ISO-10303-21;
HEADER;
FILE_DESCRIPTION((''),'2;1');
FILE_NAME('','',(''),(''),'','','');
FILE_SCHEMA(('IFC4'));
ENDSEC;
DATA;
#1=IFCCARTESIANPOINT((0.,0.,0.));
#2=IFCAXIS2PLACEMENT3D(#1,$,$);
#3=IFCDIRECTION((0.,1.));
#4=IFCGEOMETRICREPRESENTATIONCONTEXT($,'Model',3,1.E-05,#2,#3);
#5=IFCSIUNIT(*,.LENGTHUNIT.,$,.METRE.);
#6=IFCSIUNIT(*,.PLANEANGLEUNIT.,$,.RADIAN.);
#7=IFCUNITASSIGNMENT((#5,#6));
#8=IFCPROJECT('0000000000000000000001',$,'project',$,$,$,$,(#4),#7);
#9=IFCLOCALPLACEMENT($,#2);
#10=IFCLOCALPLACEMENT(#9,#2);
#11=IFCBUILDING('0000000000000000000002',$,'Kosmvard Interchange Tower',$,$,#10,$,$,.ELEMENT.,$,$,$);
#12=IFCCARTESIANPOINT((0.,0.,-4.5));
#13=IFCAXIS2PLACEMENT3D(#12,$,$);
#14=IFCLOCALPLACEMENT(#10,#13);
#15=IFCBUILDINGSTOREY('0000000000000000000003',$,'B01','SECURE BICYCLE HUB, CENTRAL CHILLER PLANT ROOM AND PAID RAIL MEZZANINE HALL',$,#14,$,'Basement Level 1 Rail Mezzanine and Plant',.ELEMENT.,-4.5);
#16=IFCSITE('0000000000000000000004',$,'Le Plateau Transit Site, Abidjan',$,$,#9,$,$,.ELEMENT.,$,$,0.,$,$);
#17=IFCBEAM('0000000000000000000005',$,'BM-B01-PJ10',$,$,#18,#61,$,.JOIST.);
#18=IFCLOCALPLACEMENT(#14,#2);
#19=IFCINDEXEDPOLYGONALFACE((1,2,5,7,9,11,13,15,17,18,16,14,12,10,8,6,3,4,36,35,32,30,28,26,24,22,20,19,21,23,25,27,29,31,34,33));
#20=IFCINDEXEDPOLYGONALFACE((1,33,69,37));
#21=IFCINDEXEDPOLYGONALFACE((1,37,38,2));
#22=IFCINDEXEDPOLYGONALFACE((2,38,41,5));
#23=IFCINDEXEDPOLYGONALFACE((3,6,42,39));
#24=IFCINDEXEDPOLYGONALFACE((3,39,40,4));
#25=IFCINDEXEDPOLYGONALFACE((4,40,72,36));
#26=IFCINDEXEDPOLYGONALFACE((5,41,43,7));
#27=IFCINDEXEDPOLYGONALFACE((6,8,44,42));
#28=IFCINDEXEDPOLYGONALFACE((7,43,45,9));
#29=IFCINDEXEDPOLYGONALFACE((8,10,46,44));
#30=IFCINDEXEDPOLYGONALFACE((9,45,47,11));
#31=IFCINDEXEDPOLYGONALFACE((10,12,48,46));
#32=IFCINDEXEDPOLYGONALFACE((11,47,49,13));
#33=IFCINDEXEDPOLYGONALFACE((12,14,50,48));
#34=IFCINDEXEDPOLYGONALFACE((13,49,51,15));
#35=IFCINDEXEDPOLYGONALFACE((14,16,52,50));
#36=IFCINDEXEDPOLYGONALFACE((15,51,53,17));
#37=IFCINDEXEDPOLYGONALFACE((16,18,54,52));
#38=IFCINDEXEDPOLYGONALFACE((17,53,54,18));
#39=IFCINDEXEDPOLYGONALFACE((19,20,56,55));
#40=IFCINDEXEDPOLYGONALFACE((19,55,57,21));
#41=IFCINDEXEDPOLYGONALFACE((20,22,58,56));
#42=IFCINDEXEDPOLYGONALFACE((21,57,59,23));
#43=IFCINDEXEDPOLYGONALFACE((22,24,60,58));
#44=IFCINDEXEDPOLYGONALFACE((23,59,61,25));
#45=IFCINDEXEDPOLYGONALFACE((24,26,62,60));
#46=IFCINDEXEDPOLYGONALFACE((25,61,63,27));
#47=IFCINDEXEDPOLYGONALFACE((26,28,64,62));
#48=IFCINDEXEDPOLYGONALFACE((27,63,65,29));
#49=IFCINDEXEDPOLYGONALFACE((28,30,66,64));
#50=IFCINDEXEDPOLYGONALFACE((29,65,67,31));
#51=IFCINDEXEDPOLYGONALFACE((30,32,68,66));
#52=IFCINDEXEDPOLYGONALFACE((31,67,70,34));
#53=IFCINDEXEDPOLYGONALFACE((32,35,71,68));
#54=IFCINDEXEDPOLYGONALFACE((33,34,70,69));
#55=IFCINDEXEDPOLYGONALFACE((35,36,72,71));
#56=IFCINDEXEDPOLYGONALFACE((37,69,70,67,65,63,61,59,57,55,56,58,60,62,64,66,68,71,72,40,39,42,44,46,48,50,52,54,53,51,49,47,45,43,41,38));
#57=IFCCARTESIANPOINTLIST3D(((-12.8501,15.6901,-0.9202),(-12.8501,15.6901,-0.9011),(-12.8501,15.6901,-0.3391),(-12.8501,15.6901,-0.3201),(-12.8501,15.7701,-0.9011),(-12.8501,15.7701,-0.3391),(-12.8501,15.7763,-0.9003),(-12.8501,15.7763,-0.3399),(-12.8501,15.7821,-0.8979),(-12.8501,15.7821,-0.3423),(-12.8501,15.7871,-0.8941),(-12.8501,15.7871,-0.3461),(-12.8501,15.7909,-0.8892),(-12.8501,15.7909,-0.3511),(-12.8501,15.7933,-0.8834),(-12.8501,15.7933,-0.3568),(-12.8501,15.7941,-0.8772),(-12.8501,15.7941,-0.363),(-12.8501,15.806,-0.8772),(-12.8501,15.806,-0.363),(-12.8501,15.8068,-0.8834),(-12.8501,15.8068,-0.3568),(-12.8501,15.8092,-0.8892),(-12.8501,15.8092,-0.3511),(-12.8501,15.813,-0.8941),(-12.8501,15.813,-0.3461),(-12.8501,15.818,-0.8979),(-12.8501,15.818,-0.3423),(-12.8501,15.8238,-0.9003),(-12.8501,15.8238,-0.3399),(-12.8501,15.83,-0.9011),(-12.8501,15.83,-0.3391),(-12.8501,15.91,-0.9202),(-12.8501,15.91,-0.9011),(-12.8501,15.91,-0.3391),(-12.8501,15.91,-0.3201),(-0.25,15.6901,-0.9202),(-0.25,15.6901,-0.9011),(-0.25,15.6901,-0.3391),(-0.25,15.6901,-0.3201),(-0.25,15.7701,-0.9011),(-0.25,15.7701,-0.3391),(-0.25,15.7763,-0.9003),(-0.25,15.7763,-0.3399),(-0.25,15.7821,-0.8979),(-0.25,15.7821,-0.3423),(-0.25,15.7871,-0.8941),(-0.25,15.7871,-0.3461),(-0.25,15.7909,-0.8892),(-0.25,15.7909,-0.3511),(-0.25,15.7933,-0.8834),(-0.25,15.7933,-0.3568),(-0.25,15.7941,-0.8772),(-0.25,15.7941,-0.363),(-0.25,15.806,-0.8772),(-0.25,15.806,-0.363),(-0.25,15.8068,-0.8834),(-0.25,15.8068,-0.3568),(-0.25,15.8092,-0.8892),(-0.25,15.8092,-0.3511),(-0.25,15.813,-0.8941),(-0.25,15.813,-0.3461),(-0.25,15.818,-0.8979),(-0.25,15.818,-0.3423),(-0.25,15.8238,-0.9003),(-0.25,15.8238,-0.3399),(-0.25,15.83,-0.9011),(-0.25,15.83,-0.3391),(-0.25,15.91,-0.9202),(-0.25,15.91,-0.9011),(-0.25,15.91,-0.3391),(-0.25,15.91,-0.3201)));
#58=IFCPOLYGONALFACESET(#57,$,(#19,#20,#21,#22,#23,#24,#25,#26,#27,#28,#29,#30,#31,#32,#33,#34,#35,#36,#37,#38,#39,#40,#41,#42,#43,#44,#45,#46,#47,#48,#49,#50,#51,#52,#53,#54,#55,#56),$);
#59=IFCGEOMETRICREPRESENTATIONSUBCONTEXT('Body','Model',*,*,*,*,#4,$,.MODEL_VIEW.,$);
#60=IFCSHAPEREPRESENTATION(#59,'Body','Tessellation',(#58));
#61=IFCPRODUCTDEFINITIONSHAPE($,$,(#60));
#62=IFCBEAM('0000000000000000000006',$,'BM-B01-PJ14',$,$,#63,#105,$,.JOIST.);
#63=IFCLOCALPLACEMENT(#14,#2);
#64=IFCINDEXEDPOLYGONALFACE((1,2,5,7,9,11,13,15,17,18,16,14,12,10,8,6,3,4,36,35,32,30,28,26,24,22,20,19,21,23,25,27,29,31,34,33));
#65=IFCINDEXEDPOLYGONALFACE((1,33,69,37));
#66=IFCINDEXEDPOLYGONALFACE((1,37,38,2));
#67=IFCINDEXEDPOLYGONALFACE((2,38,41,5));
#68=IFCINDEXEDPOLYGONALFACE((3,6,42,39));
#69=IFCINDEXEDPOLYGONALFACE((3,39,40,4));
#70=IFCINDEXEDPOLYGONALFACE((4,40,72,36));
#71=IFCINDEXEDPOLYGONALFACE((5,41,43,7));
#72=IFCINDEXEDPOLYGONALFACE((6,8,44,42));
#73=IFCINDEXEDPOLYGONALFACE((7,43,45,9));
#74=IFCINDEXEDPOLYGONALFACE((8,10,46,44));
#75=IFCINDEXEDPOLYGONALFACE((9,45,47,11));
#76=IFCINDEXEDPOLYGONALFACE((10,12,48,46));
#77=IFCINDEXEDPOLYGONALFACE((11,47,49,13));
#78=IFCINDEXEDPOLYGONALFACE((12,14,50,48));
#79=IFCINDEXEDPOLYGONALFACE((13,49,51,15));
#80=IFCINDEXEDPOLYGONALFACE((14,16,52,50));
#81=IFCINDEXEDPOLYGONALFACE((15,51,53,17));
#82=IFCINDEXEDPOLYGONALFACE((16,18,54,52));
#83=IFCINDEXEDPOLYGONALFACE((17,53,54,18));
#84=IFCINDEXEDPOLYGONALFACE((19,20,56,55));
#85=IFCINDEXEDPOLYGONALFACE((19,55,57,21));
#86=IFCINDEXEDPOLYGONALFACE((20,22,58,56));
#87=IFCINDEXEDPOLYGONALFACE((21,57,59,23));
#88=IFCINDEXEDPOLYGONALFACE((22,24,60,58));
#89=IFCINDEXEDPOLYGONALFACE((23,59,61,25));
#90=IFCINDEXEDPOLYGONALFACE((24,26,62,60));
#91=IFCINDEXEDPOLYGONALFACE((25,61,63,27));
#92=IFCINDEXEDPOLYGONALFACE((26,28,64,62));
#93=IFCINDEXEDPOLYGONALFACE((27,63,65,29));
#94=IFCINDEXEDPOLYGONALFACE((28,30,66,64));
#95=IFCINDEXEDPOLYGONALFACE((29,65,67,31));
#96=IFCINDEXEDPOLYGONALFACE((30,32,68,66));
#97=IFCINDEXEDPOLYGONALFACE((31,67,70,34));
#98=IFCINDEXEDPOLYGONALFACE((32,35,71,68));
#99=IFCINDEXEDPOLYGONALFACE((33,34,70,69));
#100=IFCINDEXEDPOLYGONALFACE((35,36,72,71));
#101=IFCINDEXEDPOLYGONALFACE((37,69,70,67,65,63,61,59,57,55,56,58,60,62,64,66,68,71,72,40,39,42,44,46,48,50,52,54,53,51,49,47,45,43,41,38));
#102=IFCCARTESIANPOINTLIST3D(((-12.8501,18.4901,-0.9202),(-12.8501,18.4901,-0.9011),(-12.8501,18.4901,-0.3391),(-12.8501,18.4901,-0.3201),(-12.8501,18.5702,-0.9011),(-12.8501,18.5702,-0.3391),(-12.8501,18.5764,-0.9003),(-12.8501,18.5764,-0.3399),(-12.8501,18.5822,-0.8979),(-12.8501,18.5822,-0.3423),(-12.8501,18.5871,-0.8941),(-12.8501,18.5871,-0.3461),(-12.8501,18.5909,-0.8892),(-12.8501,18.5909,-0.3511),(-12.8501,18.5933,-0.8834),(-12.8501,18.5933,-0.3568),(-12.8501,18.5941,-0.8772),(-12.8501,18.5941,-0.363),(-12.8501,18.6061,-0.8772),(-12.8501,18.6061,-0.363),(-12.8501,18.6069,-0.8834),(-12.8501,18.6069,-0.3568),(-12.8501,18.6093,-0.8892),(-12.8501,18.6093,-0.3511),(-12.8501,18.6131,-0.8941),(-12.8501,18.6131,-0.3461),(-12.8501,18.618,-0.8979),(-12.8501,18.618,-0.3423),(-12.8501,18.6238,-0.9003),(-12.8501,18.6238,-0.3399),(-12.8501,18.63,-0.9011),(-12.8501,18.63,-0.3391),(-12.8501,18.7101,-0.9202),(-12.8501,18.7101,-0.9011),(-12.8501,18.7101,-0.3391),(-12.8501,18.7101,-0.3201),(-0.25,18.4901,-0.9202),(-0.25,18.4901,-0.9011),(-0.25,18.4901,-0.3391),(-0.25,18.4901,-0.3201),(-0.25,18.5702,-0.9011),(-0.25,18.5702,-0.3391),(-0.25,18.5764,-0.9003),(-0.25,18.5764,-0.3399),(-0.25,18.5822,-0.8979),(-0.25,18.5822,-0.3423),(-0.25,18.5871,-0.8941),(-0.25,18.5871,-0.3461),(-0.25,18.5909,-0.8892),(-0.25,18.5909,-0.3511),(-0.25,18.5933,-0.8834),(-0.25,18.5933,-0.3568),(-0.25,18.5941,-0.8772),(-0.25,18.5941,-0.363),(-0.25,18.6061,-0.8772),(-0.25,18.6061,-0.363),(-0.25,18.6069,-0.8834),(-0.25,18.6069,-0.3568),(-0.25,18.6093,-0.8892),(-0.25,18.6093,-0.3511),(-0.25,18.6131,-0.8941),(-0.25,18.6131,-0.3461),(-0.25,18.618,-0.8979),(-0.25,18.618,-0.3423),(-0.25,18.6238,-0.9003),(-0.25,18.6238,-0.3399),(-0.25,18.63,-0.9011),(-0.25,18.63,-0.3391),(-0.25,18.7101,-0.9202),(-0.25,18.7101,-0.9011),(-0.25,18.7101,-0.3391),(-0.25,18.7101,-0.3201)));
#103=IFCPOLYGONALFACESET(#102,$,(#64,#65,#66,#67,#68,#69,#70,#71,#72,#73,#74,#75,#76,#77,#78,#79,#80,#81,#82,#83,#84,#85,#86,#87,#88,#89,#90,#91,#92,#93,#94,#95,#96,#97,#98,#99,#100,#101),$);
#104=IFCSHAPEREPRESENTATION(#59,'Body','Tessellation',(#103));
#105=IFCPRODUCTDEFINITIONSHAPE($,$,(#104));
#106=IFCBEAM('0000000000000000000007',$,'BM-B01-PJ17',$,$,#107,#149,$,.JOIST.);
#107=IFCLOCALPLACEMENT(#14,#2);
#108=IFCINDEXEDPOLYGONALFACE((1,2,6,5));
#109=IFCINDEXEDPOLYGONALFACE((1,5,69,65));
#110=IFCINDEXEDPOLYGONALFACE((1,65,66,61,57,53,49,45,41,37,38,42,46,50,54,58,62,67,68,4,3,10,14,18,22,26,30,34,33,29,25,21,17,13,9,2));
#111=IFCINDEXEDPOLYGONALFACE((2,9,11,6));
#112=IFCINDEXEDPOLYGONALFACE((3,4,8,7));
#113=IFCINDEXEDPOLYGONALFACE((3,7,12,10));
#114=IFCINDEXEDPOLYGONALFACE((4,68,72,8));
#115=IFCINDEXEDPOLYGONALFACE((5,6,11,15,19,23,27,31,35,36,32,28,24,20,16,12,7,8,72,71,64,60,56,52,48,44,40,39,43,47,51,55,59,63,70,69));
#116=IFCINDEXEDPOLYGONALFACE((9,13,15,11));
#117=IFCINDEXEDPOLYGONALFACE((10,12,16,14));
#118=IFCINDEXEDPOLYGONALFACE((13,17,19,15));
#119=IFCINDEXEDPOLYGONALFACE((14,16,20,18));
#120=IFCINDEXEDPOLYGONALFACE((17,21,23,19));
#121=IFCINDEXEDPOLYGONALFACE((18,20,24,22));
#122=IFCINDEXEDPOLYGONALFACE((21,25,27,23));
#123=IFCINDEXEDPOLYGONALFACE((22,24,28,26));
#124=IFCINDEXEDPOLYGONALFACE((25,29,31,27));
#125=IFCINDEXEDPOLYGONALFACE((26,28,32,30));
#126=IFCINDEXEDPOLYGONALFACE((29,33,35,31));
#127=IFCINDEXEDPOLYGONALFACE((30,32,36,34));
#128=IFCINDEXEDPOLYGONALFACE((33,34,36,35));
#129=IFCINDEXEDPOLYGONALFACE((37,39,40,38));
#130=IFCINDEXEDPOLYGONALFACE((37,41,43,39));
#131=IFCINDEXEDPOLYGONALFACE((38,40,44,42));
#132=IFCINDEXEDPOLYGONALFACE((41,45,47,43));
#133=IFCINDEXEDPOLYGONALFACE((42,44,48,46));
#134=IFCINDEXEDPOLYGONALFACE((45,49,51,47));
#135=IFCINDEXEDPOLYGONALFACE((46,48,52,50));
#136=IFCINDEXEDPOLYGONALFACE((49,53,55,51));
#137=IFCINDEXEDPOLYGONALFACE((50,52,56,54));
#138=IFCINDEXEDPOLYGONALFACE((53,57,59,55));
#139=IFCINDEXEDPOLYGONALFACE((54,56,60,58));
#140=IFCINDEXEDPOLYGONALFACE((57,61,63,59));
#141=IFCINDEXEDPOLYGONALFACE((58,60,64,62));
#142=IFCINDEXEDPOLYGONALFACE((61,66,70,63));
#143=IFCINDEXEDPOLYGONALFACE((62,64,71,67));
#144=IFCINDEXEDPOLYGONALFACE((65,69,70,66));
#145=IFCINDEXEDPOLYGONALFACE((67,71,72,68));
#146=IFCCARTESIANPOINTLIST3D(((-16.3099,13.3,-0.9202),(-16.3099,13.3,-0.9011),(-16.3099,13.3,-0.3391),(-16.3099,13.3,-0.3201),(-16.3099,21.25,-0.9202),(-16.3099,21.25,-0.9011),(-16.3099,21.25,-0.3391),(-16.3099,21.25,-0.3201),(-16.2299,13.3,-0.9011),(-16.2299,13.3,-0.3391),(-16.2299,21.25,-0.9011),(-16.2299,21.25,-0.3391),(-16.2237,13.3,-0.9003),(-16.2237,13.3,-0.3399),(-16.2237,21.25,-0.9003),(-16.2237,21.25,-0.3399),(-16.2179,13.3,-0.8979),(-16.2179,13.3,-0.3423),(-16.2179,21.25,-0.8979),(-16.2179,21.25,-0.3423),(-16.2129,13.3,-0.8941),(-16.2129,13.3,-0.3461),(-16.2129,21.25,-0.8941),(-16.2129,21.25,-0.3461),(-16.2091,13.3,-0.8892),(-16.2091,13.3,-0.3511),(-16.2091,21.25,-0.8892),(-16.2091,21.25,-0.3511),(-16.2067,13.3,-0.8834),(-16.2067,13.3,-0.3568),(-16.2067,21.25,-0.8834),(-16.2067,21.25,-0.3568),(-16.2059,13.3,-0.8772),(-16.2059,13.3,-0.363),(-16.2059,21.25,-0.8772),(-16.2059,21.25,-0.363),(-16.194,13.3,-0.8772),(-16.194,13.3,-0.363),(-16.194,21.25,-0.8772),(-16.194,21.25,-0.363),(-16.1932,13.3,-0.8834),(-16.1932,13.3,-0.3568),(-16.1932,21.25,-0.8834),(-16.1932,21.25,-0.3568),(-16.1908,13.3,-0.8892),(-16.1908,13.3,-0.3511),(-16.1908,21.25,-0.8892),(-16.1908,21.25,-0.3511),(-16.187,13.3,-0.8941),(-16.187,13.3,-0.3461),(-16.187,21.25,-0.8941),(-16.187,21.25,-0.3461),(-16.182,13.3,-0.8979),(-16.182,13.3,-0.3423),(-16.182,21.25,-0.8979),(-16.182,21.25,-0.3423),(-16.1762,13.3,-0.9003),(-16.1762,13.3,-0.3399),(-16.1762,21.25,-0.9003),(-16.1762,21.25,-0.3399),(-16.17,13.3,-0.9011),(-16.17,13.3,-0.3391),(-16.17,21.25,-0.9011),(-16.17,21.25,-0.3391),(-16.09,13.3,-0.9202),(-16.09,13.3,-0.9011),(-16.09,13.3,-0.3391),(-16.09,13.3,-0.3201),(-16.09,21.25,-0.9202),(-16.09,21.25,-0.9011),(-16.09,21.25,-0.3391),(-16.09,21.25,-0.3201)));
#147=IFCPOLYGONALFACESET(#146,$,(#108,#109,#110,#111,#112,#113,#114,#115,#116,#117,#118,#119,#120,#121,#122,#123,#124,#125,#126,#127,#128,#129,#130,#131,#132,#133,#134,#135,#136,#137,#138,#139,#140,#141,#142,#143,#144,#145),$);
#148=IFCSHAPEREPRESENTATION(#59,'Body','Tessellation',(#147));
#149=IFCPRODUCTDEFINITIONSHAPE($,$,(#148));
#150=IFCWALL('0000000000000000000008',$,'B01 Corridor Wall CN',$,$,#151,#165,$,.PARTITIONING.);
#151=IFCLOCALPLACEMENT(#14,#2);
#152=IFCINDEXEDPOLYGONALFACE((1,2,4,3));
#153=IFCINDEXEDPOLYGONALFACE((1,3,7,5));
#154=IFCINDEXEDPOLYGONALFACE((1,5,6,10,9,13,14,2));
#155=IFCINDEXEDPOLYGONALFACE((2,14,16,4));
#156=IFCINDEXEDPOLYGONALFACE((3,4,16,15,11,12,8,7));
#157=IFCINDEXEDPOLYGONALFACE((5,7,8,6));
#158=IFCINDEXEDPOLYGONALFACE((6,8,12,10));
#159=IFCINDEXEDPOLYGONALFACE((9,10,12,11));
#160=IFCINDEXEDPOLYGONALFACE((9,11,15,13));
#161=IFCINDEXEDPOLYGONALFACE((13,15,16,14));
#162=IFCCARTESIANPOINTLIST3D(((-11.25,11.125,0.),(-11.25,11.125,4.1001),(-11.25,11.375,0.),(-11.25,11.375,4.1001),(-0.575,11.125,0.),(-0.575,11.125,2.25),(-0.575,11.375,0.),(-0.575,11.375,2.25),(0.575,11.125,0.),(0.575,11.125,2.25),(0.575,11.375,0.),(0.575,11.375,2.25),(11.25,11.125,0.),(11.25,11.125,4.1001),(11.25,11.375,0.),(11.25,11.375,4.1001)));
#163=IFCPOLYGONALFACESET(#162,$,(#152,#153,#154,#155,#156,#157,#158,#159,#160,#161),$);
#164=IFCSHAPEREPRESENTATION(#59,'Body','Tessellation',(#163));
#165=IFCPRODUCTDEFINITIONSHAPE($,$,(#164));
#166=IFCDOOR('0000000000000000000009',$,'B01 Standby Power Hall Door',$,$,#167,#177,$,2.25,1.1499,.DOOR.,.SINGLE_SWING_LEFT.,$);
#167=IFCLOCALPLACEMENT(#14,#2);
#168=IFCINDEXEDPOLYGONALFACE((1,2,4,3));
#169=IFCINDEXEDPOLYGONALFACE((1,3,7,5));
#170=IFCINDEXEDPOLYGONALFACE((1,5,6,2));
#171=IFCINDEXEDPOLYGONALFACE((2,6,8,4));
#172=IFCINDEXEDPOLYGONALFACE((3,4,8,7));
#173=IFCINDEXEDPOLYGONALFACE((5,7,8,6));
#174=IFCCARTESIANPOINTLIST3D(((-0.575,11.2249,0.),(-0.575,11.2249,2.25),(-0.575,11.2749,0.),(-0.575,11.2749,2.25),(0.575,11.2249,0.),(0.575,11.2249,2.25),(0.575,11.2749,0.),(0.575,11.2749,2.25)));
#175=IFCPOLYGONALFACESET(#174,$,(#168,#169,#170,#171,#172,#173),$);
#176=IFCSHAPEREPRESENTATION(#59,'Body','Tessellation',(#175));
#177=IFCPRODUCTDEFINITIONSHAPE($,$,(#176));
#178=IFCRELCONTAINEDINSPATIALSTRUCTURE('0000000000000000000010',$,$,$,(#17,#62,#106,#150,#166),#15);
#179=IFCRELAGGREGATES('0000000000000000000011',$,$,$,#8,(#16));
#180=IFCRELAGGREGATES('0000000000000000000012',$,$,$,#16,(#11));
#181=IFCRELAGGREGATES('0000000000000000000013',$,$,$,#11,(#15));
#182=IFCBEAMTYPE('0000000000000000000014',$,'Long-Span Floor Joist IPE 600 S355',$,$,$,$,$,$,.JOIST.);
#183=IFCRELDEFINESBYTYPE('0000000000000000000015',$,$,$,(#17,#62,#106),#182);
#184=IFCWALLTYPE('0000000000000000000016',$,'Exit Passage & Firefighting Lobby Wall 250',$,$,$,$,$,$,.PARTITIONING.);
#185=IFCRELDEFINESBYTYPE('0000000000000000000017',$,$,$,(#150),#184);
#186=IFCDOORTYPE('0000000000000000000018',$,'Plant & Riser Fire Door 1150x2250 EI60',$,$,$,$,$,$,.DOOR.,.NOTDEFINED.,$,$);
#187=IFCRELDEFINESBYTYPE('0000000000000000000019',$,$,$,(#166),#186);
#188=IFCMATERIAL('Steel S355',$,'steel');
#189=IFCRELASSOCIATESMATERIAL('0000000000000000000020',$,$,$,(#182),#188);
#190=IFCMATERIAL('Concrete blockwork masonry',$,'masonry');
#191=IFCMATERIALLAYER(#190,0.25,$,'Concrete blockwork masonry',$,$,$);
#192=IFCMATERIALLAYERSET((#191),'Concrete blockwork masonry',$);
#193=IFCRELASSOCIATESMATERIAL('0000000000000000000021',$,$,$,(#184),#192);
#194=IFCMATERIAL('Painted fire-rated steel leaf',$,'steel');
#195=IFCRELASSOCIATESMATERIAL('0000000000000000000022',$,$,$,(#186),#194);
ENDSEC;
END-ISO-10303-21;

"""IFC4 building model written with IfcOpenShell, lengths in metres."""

from ifc_helpers import new_model, si_unit, direction, frame, frame_2d, origin, origin_2d, place, context, subcontext, project, spatial, rectangle, i_section, extrude, source, transform, mapped, material, layer, layer_set, material_profile, profile_set, type_object, element, fill, save


model = new_model("IFC4")

# Units and contexts
model_context = context("Model", 3, precision=1e-05, world=origin(), true_north=direction((0.0, 1.0)))
body_context = subcontext(model_context, "Body", "Model", "MODEL_VIEW")
ifc_project = project(units=[si_unit("LENGTHUNIT", "METRE"), si_unit("PLANEANGLEUNIT", "RADIAN")], contexts=[model_context])

# Site, building, storey
site_placement = place(None, origin())
site = spatial("IfcSite", under=ifc_project, at=site_placement, Name="Le Plateau Transit Site, Abidjan", CompositionType="ELEMENT", RefElevation=0.0)
building_placement = place(site_placement, origin())
building = spatial("IfcBuilding", under=site, at=building_placement, Name="Kosmvard Interchange Tower", CompositionType="ELEMENT")
storey_placement = place(building_placement, frame((0.0, 0.0, -4.5)))
storey = spatial("IfcBuildingStorey", under=building, at=storey_placement, Name="B01", Description="SECURE BICYCLE HUB, CENTRAL CHILLER PLANT ROOM AND PAID RAIL MEZZANINE HALL", LongName="Basement Level 1 Rail Mezzanine and Plant", CompositionType="ELEMENT", Elevation=-4.5)

# Beams
ifc_material_1 = material(Name="Steel S355", Category="steel")
ifc_material_profile_1 = material_profile(ifc_material_1, i_section(OverallWidth=0.22, OverallDepth=0.6001, WebThickness=0.012, FlangeThickness=0.019, FilletRadius=0.0239, at=origin_2d()), Name="IPE 600")
ifc_profile_set_1 = profile_set([ifc_material_profile_1], Name="Steel S355")
beam_type_1 = type_object("IfcBeamType", Name="Long-Span Floor Joist IPE 600 S355", PredefinedType="JOIST", material=ifc_profile_set_1)
shared_shape_1 = source(origin(), body_context, "Body", "SweptSolid", [
    extrude(i_section(OverallWidth=0.22, OverallDepth=0.6001, WebThickness=0.012, FlangeThickness=0.019, FilletRadius=0.0239, at=origin_2d()), origin(), (0.0, 0.0, 1.0), 12.6001),
])
for number, where, z_axis, x_axis, name in (
    (1, (-12.8501, 15.8, -0.6201), (1.0, 0.0, 0.0), (0.0, 1.0, 0.0), "BM-B01-PJ10"),
    (2, (-12.8501, 18.6001, -0.6201), (1.0, 0.0, 0.0), (0.0, 1.0, 0.0), "BM-B01-PJ14"),
):
    element("IfcBeam", number, at=place(storey_placement, frame(where, z_axis=z_axis, x_axis=x_axis)), inside=storey, type_object=beam_type_1, Name=name, PredefinedType="JOIST", context=body_context, shape_type="MappedRepresentation", body=[
        mapped(shared_shape_1, transform((0.0, 0.0, 0.0), scale=1.0)),
    ])
shared_shape_2 = source(origin(), body_context, "Body", "SweptSolid", [
    extrude(i_section(OverallWidth=0.22, OverallDepth=0.6001, WebThickness=0.012, FlangeThickness=0.019, FilletRadius=0.0239, at=origin_2d()), origin(), (0.0, 0.0, 1.0), 7.95),
])
beam_1_placement = place(storey_placement, frame((-16.2, 13.3, -0.6201), z_axis=(0.0, 1.0, 0.0), x_axis=(-1.0, 0.0, 0.0)))
element("IfcBeam", 3, at=beam_1_placement, inside=storey, type_object=beam_type_1, Name="BM-B01-PJ17", PredefinedType="JOIST", context=body_context, shape_type="MappedRepresentation", body=[
    mapped(shared_shape_2, transform((0.0, 0.0, 0.0), scale=1.0)),
])

# Wall, opening, door
ifc_material_2 = material(Name="Concrete blockwork masonry", Category="masonry")
ifc_layer_1 = layer(ifc_material_2, 0.25, Name="Concrete blockwork masonry")
ifc_layer_set_1 = layer_set([ifc_layer_1], Name="Concrete blockwork masonry")
wall_type_1 = type_object("IfcWallType", Name="Exit Passage & Firefighting Lobby Wall 250", PredefinedType="PARTITIONING", material=ifc_layer_set_1)
wall_1_placement = place(storey_placement, frame((-11.25, 11.25, 0.0), z_axis=(0.0, 0.0, 1.0), x_axis=(1.0, 0.0, 0.0)))
wall_1 = element("IfcWall", 4, at=wall_1_placement, inside=storey, type_object=wall_type_1, Name="B01 Corridor Wall CN", PredefinedType="PARTITIONING", context=body_context, shape_type="SweptSolid", body=[
    extrude(rectangle(XDim=22.5, YDim=0.25, at=frame_2d((11.25, 0.0))), origin(), (0.0, 0.0, 1.0), 4.1001),
])
opening_1_placement = place(wall_1_placement, frame((10.675, 0.0, 0.0)))
opening_1 = element("IfcOpeningElement", 5, at=opening_1_placement, cuts=wall_1, PredefinedType="OPENING", context=body_context, shape_type="SweptSolid", body=[
    extrude(rectangle(XDim=1.1499, YDim=2.25, at=frame_2d((0.575, 1.125))), frame((0.0, 0.135, 0.0), z_axis=(0.0, -1.0, 0.0), x_axis=(1.0, 0.0, 0.0)), (0.0, 0.0, 1.0), 0.27),
])
ifc_material_3 = material(Name="Painted fire-rated steel leaf", Category="steel")
door_type_1 = type_object("IfcDoorType", Name="Plant & Riser Fire Door 1150x2250 EI60", OperationType="NOTDEFINED", PredefinedType="DOOR", material=ifc_material_3)
shared_shape_3 = source(origin(), body_context, "Body", "SweptSolid", [
    extrude(rectangle(XDim=1.1499, YDim=2.25, at=frame_2d((0.575, 1.125))), frame((0.0, 0.0249, 0.0), z_axis=(0.0, -1.0, 0.0), x_axis=(1.0, 0.0, 0.0)), (0.0, 0.0, 1.0), 0.05),
])
door_1_placement = place(opening_1_placement, origin())
door_1 = element("IfcDoor", 6, at=door_1_placement, inside=storey, type_object=door_type_1, Name="B01 Standby Power Hall Door", OperationType="SINGLE_SWING_LEFT", OverallHeight=2.25, OverallWidth=1.1499, PredefinedType="DOOR", context=body_context, shape_type="MappedRepresentation", body=[
    mapped(shared_shape_3, transform((0.0, 0.0, 0.0), scale=1.0)),
])
fill(opening_1, door_1)

save(model, "model.ifc")
